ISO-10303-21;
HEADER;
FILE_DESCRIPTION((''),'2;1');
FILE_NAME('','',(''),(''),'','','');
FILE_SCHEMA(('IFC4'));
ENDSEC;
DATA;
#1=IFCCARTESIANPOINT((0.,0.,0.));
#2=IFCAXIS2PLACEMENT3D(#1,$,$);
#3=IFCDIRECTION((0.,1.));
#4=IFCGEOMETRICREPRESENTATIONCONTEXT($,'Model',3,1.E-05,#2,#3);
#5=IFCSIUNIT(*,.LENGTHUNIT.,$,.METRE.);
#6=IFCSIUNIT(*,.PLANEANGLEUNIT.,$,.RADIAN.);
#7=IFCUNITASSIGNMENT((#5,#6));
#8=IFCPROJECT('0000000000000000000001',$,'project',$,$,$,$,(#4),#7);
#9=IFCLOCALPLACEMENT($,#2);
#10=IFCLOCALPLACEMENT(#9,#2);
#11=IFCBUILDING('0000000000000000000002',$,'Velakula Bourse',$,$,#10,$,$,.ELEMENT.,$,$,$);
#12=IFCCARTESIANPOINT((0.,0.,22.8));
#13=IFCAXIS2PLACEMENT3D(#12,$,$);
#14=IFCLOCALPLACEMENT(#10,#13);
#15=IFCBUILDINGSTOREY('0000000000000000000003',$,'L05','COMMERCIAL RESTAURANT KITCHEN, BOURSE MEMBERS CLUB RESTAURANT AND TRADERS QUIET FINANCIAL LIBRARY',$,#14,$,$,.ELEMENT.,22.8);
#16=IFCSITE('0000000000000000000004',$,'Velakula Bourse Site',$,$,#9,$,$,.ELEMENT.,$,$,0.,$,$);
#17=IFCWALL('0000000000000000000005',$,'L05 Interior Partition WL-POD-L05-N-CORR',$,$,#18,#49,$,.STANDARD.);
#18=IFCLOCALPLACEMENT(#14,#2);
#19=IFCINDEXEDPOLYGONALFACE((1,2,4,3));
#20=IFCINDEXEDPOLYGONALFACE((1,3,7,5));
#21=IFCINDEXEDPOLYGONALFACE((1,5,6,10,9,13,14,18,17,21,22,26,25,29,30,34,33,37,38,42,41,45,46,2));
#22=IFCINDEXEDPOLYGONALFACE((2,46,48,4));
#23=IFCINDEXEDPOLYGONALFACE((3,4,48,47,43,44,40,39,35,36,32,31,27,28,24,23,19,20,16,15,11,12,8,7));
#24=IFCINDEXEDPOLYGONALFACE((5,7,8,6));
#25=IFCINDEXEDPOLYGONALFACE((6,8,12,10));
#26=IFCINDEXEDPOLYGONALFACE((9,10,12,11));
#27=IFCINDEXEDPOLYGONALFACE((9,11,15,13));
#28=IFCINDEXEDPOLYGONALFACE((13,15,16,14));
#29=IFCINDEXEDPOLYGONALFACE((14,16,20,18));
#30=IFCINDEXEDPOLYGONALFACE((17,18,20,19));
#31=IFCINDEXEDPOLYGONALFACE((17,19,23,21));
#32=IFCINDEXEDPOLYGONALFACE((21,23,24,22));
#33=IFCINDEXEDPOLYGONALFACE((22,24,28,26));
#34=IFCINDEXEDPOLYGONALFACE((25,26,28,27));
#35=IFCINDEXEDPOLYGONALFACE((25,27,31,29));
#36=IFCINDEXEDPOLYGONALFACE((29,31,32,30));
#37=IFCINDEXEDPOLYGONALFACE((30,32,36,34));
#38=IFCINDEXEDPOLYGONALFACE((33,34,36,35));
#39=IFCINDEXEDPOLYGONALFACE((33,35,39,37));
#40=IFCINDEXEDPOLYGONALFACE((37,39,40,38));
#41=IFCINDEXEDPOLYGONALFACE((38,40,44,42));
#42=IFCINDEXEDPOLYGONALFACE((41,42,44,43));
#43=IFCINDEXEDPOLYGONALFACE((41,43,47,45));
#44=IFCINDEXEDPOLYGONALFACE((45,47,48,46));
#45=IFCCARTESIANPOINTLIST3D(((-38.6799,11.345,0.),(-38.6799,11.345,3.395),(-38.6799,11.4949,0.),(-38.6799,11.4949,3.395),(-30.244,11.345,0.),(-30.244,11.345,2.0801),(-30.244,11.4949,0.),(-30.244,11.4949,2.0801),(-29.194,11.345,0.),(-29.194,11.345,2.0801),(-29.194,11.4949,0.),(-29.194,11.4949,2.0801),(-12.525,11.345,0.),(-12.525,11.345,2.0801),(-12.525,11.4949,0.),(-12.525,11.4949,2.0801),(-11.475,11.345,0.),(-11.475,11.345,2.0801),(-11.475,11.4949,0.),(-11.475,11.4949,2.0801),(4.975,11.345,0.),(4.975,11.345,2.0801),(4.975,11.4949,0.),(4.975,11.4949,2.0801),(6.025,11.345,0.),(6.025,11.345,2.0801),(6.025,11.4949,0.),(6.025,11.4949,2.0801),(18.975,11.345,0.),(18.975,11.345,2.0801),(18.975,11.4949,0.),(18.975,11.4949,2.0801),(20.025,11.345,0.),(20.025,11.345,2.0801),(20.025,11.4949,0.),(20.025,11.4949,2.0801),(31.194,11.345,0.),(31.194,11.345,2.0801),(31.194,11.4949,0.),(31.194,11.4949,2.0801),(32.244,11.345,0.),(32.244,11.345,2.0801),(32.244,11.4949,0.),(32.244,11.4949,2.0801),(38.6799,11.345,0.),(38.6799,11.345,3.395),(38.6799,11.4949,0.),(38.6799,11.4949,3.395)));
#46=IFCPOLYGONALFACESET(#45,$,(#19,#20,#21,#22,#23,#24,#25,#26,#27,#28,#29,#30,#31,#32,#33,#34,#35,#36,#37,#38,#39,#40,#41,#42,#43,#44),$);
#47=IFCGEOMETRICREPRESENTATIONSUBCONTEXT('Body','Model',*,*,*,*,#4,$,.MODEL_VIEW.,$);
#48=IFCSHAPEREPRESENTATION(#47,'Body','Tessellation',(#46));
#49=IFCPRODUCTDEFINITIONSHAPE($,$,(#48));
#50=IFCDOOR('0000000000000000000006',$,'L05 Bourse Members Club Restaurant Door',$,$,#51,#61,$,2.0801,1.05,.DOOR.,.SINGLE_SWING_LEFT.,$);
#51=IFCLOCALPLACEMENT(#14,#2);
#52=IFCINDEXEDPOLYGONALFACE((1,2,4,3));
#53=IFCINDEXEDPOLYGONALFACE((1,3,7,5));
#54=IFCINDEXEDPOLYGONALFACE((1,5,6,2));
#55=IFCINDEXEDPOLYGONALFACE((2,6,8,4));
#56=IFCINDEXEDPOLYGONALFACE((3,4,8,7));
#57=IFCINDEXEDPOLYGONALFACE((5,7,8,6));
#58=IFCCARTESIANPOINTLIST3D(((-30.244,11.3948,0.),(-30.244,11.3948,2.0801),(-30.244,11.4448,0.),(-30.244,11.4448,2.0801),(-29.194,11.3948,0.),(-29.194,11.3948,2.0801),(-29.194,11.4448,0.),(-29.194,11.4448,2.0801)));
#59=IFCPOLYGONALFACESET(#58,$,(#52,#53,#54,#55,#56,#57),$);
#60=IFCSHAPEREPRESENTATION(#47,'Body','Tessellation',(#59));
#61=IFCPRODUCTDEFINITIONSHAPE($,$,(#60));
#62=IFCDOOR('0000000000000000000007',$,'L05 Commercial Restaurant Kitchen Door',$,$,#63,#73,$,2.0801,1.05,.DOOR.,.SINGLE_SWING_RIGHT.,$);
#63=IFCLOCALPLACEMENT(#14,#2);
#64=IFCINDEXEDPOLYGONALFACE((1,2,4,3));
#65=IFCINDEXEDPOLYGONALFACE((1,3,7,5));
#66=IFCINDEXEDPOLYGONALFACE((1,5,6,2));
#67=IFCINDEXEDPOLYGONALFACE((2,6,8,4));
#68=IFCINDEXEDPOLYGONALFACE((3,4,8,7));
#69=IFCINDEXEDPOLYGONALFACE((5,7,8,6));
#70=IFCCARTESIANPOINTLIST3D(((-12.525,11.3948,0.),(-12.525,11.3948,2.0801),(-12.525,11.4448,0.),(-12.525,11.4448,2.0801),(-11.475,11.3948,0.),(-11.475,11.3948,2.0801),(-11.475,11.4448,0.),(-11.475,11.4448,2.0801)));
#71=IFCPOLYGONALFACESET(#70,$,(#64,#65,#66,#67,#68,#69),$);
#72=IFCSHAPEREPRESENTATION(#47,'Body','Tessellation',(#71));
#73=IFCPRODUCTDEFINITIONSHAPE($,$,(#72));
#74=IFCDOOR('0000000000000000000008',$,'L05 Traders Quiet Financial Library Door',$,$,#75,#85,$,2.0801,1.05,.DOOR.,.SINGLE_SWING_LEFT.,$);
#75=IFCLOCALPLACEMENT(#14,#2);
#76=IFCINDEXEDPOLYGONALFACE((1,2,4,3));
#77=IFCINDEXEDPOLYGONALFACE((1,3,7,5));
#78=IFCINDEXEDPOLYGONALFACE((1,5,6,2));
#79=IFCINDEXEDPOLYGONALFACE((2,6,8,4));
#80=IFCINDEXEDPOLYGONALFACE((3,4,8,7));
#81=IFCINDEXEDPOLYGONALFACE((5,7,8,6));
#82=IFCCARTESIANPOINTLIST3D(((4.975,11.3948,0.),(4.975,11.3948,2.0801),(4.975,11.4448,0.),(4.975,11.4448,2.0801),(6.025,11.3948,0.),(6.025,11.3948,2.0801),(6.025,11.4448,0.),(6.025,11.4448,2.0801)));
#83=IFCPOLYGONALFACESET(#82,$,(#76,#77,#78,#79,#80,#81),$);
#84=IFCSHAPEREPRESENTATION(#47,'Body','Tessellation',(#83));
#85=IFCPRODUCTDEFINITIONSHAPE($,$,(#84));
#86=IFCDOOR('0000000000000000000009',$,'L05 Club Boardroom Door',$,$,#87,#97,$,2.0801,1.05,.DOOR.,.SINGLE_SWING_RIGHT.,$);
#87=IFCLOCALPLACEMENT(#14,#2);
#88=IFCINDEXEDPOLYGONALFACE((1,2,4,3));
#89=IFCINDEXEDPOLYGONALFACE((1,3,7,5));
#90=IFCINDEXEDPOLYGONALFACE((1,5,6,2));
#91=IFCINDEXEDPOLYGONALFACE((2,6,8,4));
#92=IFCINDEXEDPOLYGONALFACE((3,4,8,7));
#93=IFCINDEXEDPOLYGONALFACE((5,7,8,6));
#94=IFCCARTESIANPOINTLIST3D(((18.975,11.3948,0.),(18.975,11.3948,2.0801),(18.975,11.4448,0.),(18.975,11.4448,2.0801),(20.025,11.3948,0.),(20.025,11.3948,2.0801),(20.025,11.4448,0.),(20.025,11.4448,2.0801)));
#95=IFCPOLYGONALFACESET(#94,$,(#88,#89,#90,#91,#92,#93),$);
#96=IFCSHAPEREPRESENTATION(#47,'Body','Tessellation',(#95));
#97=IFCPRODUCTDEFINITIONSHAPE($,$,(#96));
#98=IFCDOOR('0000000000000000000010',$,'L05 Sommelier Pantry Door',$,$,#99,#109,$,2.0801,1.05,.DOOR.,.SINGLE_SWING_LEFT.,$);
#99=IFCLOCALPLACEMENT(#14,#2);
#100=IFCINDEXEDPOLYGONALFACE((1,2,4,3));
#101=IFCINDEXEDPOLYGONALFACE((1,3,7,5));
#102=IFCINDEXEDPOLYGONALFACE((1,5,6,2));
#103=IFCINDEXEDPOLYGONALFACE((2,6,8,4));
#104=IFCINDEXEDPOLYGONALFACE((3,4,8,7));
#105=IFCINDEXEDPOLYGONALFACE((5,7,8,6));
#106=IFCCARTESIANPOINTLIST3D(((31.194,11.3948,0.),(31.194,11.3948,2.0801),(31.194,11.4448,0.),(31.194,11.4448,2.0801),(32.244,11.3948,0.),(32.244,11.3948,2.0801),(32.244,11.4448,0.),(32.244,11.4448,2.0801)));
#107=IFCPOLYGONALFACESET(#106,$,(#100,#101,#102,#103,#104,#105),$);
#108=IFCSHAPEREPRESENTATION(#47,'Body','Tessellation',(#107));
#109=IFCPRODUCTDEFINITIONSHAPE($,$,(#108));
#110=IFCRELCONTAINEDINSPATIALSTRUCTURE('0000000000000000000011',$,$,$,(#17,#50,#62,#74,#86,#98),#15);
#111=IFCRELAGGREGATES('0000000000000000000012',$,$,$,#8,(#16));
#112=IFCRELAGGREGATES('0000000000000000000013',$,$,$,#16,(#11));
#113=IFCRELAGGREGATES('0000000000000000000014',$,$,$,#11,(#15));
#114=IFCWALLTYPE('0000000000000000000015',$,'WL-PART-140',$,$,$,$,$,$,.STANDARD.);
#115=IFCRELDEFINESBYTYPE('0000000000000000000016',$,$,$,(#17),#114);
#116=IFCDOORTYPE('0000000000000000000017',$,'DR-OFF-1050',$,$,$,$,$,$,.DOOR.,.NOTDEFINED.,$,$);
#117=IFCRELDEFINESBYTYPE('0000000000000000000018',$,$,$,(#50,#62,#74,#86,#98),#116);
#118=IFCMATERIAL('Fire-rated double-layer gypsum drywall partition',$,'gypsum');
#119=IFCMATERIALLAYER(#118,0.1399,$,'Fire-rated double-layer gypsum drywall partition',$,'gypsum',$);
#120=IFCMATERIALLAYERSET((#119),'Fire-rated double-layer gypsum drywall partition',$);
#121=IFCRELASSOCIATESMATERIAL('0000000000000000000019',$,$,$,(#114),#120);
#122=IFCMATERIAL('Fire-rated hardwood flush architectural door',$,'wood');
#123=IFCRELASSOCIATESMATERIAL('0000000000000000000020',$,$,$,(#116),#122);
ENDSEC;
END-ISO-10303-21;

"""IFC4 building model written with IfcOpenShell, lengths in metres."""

from ifc_helpers import new_model, si_unit, direction, frame, frame_2d, origin, place, context, subcontext, project, spatial, rectangle, extrude, material, layer, layer_set, type_object, element, fill, save


model = new_model("IFC4")

# Units and contexts
model_context = context("Model", 3, precision=1e-05, world=origin(), true_north=direction((0.0, 1.0)))
body_context = subcontext(model_context, "Body", "Model", "MODEL_VIEW")
ifc_project = project(units=[si_unit("LENGTHUNIT", "METRE"), si_unit("PLANEANGLEUNIT", "RADIAN")], contexts=[model_context])

# Site, building, storey
site_placement = place(None, origin())
site = spatial("IfcSite", under=ifc_project, at=site_placement, Name="Velakula Bourse Site", CompositionType="ELEMENT", RefElevation=0.0)
building_placement = place(site_placement, origin())
building = spatial("IfcBuilding", under=site, at=building_placement, Name="Velakula Bourse", CompositionType="ELEMENT")
storey_placement = place(building_placement, frame((0.0, 0.0, 22.8)))
storey = spatial("IfcBuildingStorey", under=building, at=storey_placement, Name="L05", Description="COMMERCIAL RESTAURANT KITCHEN, BOURSE MEMBERS CLUB RESTAURANT AND TRADERS QUIET FINANCIAL LIBRARY", CompositionType="ELEMENT", Elevation=22.8)

# Wall, openings, doors
ifc_material_1 = material(Name="Fire-rated double-layer gypsum drywall partition", Category="gypsum")
ifc_layer = layer(ifc_material_1, 0.1399, Name="Fire-rated double-layer gypsum drywall partition", Category="gypsum")
ifc_layer_set = layer_set([ifc_layer], Name="Fire-rated double-layer gypsum drywall partition")
wall_type = type_object("IfcWallType", Name="WL-PART-140", PredefinedType="STANDARD", material=ifc_layer_set)
wall_placement = place(storey_placement, frame((-38.6799, 11.4199, 0.0), z_axis=(0.0, 0.0, 1.0), x_axis=(1.0, 0.0, 0.0)))
wall = element("IfcWall", 1, at=wall_placement, inside=storey, type_object=wall_type, Name="L05 Interior Partition WL-POD-L05-N-CORR", PredefinedType="STANDARD", context=body_context, shape_type="SweptSolid", body=[
    extrude(rectangle(XDim=77.3599, YDim=0.1499, at=frame_2d((38.6799, 0.0))), origin(), (0.0, 0.0, 1.0), 3.395),
])
opening_1_placement = place(wall_placement, frame((8.436, 0.0, 0.0)))
opening_1 = element("IfcOpeningElement", 2, at=opening_1_placement, cuts=wall, PredefinedType="OPENING", context=body_context, shape_type="SweptSolid", body=[
    extrude(rectangle(XDim=1.05, YDim=2.0801, at=frame_2d((0.5249, 1.04))), frame((0.0, 0.085, 0.0), z_axis=(0.0, -1.0, 0.0), x_axis=(1.0, 0.0, 0.0)), (0.0, 0.0, 1.0), 0.1699),
])
opening_2_placement = place(wall_placement, frame((26.155, 0.0, 0.0)))
opening_2 = element("IfcOpeningElement", 3, at=opening_2_placement, cuts=wall, PredefinedType="OPENING", context=body_context, shape_type="SweptSolid", body=[
    extrude(rectangle(XDim=1.05, YDim=2.0801, at=frame_2d((0.5249, 1.04))), frame((0.0, 0.085, 0.0), z_axis=(0.0, -1.0, 0.0), x_axis=(1.0, 0.0, 0.0)), (0.0, 0.0, 1.0), 0.1699),
])
opening_3_placement = place(wall_placement, frame((43.655, 0.0, 0.0)))
opening_3 = element("IfcOpeningElement", 4, at=opening_3_placement, cuts=wall, PredefinedType="OPENING", context=body_context, shape_type="SweptSolid", body=[
    extrude(rectangle(XDim=1.05, YDim=2.0801, at=frame_2d((0.5249, 1.04))), frame((0.0, 0.085, 0.0), z_axis=(0.0, -1.0, 0.0), x_axis=(1.0, 0.0, 0.0)), (0.0, 0.0, 1.0), 0.1699),
])
opening_4_placement = place(wall_placement, frame((57.655, 0.0, 0.0)))
opening_4 = element("IfcOpeningElement", 5, at=opening_4_placement, cuts=wall, PredefinedType="OPENING", context=body_context, shape_type="SweptSolid", body=[
    extrude(rectangle(XDim=1.05, YDim=2.0801, at=frame_2d((0.5249, 1.04))), frame((0.0, 0.085, 0.0), z_axis=(0.0, -1.0, 0.0), x_axis=(1.0, 0.0, 0.0)), (0.0, 0.0, 1.0), 0.1699),
])
opening_5_placement = place(wall_placement, frame((69.874, 0.0, 0.0)))
opening_5 = element("IfcOpeningElement", 6, at=opening_5_placement, cuts=wall, PredefinedType="OPENING", context=body_context, shape_type="SweptSolid", body=[
    extrude(rectangle(XDim=1.05, YDim=2.0801, at=frame_2d((0.5249, 1.04))), frame((0.0, 0.085, 0.0), z_axis=(0.0, -1.0, 0.0), x_axis=(1.0, 0.0, 0.0)), (0.0, 0.0, 1.0), 0.1699),
])
ifc_material_2 = material(Name="Fire-rated hardwood flush architectural door", Category="wood")
door_type = type_object("IfcDoorType", Name="DR-OFF-1050", OperationType="NOTDEFINED", PredefinedType="DOOR", material=ifc_material_2)
door_1_placement = place(opening_1_placement, origin())
door_1 = element("IfcDoor", 7, at=door_1_placement, inside=storey, type_object=door_type, Name="L05 Bourse Members Club Restaurant Door", OperationType="SINGLE_SWING_LEFT", OverallHeight=2.0801, OverallWidth=1.05, PredefinedType="DOOR", context=body_context, shape_type="SweptSolid", body=[
    extrude(rectangle(XDim=1.05, YDim=2.0801, at=frame_2d((0.5249, 1.04))), frame((0.0, 0.0249, 0.0), z_axis=(0.0, -1.0, 0.0), x_axis=(1.0, 0.0, 0.0)), (0.0, 0.0, 1.0), 0.05),
])
fill(opening_1, door_1)
door_2_placement = place(opening_2_placement, origin())
door_2 = element("IfcDoor", 8, at=door_2_placement, inside=storey, type_object=door_type, Name="L05 Commercial Restaurant Kitchen Door", OperationType="SINGLE_SWING_RIGHT", OverallHeight=2.0801, OverallWidth=1.05, PredefinedType="DOOR", context=body_context, shape_type="SweptSolid", body=[
    extrude(rectangle(XDim=1.05, YDim=2.0801, at=frame_2d((0.5249, 1.04))), frame((0.0, 0.0249, 0.0), z_axis=(0.0, -1.0, 0.0), x_axis=(1.0, 0.0, 0.0)), (0.0, 0.0, 1.0), 0.05),
])
fill(opening_2, door_2)
door_3_placement = place(opening_3_placement, origin())
door_3 = element("IfcDoor", 9, at=door_3_placement, inside=storey, type_object=door_type, Name="L05 Traders Quiet Financial Library Door", OperationType="SINGLE_SWING_LEFT", OverallHeight=2.0801, OverallWidth=1.05, PredefinedType="DOOR", context=body_context, shape_type="SweptSolid", body=[
    extrude(rectangle(XDim=1.05, YDim=2.0801, at=frame_2d((0.5249, 1.04))), frame((0.0, 0.0249, 0.0), z_axis=(0.0, -1.0, 0.0), x_axis=(1.0, 0.0, 0.0)), (0.0, 0.0, 1.0), 0.05),
])
fill(opening_3, door_3)
door_4_placement = place(opening_4_placement, origin())
door_4 = element("IfcDoor", 10, at=door_4_placement, inside=storey, type_object=door_type, Name="L05 Club Boardroom Door", OperationType="SINGLE_SWING_RIGHT", OverallHeight=2.0801, OverallWidth=1.05, PredefinedType="DOOR", context=body_context, shape_type="SweptSolid", body=[
    extrude(rectangle(XDim=1.05, YDim=2.0801, at=frame_2d((0.5249, 1.04))), frame((0.0, 0.0249, 0.0), z_axis=(0.0, -1.0, 0.0), x_axis=(1.0, 0.0, 0.0)), (0.0, 0.0, 1.0), 0.05),
])
fill(opening_4, door_4)
door_5_placement = place(opening_5_placement, origin())
door_5 = element("IfcDoor", 11, at=door_5_placement, inside=storey, type_object=door_type, Name="L05 Sommelier Pantry Door", OperationType="SINGLE_SWING_LEFT", OverallHeight=2.0801, OverallWidth=1.05, PredefinedType="DOOR", context=body_context, shape_type="SweptSolid", body=[
    extrude(rectangle(XDim=1.05, YDim=2.0801, at=frame_2d((0.5249, 1.04))), frame((0.0, 0.0249, 0.0), z_axis=(0.0, -1.0, 0.0), x_axis=(1.0, 0.0, 0.0)), (0.0, 0.0, 1.0), 0.05),
])
fill(opening_5, door_5)

save(model, "model.ifc")
